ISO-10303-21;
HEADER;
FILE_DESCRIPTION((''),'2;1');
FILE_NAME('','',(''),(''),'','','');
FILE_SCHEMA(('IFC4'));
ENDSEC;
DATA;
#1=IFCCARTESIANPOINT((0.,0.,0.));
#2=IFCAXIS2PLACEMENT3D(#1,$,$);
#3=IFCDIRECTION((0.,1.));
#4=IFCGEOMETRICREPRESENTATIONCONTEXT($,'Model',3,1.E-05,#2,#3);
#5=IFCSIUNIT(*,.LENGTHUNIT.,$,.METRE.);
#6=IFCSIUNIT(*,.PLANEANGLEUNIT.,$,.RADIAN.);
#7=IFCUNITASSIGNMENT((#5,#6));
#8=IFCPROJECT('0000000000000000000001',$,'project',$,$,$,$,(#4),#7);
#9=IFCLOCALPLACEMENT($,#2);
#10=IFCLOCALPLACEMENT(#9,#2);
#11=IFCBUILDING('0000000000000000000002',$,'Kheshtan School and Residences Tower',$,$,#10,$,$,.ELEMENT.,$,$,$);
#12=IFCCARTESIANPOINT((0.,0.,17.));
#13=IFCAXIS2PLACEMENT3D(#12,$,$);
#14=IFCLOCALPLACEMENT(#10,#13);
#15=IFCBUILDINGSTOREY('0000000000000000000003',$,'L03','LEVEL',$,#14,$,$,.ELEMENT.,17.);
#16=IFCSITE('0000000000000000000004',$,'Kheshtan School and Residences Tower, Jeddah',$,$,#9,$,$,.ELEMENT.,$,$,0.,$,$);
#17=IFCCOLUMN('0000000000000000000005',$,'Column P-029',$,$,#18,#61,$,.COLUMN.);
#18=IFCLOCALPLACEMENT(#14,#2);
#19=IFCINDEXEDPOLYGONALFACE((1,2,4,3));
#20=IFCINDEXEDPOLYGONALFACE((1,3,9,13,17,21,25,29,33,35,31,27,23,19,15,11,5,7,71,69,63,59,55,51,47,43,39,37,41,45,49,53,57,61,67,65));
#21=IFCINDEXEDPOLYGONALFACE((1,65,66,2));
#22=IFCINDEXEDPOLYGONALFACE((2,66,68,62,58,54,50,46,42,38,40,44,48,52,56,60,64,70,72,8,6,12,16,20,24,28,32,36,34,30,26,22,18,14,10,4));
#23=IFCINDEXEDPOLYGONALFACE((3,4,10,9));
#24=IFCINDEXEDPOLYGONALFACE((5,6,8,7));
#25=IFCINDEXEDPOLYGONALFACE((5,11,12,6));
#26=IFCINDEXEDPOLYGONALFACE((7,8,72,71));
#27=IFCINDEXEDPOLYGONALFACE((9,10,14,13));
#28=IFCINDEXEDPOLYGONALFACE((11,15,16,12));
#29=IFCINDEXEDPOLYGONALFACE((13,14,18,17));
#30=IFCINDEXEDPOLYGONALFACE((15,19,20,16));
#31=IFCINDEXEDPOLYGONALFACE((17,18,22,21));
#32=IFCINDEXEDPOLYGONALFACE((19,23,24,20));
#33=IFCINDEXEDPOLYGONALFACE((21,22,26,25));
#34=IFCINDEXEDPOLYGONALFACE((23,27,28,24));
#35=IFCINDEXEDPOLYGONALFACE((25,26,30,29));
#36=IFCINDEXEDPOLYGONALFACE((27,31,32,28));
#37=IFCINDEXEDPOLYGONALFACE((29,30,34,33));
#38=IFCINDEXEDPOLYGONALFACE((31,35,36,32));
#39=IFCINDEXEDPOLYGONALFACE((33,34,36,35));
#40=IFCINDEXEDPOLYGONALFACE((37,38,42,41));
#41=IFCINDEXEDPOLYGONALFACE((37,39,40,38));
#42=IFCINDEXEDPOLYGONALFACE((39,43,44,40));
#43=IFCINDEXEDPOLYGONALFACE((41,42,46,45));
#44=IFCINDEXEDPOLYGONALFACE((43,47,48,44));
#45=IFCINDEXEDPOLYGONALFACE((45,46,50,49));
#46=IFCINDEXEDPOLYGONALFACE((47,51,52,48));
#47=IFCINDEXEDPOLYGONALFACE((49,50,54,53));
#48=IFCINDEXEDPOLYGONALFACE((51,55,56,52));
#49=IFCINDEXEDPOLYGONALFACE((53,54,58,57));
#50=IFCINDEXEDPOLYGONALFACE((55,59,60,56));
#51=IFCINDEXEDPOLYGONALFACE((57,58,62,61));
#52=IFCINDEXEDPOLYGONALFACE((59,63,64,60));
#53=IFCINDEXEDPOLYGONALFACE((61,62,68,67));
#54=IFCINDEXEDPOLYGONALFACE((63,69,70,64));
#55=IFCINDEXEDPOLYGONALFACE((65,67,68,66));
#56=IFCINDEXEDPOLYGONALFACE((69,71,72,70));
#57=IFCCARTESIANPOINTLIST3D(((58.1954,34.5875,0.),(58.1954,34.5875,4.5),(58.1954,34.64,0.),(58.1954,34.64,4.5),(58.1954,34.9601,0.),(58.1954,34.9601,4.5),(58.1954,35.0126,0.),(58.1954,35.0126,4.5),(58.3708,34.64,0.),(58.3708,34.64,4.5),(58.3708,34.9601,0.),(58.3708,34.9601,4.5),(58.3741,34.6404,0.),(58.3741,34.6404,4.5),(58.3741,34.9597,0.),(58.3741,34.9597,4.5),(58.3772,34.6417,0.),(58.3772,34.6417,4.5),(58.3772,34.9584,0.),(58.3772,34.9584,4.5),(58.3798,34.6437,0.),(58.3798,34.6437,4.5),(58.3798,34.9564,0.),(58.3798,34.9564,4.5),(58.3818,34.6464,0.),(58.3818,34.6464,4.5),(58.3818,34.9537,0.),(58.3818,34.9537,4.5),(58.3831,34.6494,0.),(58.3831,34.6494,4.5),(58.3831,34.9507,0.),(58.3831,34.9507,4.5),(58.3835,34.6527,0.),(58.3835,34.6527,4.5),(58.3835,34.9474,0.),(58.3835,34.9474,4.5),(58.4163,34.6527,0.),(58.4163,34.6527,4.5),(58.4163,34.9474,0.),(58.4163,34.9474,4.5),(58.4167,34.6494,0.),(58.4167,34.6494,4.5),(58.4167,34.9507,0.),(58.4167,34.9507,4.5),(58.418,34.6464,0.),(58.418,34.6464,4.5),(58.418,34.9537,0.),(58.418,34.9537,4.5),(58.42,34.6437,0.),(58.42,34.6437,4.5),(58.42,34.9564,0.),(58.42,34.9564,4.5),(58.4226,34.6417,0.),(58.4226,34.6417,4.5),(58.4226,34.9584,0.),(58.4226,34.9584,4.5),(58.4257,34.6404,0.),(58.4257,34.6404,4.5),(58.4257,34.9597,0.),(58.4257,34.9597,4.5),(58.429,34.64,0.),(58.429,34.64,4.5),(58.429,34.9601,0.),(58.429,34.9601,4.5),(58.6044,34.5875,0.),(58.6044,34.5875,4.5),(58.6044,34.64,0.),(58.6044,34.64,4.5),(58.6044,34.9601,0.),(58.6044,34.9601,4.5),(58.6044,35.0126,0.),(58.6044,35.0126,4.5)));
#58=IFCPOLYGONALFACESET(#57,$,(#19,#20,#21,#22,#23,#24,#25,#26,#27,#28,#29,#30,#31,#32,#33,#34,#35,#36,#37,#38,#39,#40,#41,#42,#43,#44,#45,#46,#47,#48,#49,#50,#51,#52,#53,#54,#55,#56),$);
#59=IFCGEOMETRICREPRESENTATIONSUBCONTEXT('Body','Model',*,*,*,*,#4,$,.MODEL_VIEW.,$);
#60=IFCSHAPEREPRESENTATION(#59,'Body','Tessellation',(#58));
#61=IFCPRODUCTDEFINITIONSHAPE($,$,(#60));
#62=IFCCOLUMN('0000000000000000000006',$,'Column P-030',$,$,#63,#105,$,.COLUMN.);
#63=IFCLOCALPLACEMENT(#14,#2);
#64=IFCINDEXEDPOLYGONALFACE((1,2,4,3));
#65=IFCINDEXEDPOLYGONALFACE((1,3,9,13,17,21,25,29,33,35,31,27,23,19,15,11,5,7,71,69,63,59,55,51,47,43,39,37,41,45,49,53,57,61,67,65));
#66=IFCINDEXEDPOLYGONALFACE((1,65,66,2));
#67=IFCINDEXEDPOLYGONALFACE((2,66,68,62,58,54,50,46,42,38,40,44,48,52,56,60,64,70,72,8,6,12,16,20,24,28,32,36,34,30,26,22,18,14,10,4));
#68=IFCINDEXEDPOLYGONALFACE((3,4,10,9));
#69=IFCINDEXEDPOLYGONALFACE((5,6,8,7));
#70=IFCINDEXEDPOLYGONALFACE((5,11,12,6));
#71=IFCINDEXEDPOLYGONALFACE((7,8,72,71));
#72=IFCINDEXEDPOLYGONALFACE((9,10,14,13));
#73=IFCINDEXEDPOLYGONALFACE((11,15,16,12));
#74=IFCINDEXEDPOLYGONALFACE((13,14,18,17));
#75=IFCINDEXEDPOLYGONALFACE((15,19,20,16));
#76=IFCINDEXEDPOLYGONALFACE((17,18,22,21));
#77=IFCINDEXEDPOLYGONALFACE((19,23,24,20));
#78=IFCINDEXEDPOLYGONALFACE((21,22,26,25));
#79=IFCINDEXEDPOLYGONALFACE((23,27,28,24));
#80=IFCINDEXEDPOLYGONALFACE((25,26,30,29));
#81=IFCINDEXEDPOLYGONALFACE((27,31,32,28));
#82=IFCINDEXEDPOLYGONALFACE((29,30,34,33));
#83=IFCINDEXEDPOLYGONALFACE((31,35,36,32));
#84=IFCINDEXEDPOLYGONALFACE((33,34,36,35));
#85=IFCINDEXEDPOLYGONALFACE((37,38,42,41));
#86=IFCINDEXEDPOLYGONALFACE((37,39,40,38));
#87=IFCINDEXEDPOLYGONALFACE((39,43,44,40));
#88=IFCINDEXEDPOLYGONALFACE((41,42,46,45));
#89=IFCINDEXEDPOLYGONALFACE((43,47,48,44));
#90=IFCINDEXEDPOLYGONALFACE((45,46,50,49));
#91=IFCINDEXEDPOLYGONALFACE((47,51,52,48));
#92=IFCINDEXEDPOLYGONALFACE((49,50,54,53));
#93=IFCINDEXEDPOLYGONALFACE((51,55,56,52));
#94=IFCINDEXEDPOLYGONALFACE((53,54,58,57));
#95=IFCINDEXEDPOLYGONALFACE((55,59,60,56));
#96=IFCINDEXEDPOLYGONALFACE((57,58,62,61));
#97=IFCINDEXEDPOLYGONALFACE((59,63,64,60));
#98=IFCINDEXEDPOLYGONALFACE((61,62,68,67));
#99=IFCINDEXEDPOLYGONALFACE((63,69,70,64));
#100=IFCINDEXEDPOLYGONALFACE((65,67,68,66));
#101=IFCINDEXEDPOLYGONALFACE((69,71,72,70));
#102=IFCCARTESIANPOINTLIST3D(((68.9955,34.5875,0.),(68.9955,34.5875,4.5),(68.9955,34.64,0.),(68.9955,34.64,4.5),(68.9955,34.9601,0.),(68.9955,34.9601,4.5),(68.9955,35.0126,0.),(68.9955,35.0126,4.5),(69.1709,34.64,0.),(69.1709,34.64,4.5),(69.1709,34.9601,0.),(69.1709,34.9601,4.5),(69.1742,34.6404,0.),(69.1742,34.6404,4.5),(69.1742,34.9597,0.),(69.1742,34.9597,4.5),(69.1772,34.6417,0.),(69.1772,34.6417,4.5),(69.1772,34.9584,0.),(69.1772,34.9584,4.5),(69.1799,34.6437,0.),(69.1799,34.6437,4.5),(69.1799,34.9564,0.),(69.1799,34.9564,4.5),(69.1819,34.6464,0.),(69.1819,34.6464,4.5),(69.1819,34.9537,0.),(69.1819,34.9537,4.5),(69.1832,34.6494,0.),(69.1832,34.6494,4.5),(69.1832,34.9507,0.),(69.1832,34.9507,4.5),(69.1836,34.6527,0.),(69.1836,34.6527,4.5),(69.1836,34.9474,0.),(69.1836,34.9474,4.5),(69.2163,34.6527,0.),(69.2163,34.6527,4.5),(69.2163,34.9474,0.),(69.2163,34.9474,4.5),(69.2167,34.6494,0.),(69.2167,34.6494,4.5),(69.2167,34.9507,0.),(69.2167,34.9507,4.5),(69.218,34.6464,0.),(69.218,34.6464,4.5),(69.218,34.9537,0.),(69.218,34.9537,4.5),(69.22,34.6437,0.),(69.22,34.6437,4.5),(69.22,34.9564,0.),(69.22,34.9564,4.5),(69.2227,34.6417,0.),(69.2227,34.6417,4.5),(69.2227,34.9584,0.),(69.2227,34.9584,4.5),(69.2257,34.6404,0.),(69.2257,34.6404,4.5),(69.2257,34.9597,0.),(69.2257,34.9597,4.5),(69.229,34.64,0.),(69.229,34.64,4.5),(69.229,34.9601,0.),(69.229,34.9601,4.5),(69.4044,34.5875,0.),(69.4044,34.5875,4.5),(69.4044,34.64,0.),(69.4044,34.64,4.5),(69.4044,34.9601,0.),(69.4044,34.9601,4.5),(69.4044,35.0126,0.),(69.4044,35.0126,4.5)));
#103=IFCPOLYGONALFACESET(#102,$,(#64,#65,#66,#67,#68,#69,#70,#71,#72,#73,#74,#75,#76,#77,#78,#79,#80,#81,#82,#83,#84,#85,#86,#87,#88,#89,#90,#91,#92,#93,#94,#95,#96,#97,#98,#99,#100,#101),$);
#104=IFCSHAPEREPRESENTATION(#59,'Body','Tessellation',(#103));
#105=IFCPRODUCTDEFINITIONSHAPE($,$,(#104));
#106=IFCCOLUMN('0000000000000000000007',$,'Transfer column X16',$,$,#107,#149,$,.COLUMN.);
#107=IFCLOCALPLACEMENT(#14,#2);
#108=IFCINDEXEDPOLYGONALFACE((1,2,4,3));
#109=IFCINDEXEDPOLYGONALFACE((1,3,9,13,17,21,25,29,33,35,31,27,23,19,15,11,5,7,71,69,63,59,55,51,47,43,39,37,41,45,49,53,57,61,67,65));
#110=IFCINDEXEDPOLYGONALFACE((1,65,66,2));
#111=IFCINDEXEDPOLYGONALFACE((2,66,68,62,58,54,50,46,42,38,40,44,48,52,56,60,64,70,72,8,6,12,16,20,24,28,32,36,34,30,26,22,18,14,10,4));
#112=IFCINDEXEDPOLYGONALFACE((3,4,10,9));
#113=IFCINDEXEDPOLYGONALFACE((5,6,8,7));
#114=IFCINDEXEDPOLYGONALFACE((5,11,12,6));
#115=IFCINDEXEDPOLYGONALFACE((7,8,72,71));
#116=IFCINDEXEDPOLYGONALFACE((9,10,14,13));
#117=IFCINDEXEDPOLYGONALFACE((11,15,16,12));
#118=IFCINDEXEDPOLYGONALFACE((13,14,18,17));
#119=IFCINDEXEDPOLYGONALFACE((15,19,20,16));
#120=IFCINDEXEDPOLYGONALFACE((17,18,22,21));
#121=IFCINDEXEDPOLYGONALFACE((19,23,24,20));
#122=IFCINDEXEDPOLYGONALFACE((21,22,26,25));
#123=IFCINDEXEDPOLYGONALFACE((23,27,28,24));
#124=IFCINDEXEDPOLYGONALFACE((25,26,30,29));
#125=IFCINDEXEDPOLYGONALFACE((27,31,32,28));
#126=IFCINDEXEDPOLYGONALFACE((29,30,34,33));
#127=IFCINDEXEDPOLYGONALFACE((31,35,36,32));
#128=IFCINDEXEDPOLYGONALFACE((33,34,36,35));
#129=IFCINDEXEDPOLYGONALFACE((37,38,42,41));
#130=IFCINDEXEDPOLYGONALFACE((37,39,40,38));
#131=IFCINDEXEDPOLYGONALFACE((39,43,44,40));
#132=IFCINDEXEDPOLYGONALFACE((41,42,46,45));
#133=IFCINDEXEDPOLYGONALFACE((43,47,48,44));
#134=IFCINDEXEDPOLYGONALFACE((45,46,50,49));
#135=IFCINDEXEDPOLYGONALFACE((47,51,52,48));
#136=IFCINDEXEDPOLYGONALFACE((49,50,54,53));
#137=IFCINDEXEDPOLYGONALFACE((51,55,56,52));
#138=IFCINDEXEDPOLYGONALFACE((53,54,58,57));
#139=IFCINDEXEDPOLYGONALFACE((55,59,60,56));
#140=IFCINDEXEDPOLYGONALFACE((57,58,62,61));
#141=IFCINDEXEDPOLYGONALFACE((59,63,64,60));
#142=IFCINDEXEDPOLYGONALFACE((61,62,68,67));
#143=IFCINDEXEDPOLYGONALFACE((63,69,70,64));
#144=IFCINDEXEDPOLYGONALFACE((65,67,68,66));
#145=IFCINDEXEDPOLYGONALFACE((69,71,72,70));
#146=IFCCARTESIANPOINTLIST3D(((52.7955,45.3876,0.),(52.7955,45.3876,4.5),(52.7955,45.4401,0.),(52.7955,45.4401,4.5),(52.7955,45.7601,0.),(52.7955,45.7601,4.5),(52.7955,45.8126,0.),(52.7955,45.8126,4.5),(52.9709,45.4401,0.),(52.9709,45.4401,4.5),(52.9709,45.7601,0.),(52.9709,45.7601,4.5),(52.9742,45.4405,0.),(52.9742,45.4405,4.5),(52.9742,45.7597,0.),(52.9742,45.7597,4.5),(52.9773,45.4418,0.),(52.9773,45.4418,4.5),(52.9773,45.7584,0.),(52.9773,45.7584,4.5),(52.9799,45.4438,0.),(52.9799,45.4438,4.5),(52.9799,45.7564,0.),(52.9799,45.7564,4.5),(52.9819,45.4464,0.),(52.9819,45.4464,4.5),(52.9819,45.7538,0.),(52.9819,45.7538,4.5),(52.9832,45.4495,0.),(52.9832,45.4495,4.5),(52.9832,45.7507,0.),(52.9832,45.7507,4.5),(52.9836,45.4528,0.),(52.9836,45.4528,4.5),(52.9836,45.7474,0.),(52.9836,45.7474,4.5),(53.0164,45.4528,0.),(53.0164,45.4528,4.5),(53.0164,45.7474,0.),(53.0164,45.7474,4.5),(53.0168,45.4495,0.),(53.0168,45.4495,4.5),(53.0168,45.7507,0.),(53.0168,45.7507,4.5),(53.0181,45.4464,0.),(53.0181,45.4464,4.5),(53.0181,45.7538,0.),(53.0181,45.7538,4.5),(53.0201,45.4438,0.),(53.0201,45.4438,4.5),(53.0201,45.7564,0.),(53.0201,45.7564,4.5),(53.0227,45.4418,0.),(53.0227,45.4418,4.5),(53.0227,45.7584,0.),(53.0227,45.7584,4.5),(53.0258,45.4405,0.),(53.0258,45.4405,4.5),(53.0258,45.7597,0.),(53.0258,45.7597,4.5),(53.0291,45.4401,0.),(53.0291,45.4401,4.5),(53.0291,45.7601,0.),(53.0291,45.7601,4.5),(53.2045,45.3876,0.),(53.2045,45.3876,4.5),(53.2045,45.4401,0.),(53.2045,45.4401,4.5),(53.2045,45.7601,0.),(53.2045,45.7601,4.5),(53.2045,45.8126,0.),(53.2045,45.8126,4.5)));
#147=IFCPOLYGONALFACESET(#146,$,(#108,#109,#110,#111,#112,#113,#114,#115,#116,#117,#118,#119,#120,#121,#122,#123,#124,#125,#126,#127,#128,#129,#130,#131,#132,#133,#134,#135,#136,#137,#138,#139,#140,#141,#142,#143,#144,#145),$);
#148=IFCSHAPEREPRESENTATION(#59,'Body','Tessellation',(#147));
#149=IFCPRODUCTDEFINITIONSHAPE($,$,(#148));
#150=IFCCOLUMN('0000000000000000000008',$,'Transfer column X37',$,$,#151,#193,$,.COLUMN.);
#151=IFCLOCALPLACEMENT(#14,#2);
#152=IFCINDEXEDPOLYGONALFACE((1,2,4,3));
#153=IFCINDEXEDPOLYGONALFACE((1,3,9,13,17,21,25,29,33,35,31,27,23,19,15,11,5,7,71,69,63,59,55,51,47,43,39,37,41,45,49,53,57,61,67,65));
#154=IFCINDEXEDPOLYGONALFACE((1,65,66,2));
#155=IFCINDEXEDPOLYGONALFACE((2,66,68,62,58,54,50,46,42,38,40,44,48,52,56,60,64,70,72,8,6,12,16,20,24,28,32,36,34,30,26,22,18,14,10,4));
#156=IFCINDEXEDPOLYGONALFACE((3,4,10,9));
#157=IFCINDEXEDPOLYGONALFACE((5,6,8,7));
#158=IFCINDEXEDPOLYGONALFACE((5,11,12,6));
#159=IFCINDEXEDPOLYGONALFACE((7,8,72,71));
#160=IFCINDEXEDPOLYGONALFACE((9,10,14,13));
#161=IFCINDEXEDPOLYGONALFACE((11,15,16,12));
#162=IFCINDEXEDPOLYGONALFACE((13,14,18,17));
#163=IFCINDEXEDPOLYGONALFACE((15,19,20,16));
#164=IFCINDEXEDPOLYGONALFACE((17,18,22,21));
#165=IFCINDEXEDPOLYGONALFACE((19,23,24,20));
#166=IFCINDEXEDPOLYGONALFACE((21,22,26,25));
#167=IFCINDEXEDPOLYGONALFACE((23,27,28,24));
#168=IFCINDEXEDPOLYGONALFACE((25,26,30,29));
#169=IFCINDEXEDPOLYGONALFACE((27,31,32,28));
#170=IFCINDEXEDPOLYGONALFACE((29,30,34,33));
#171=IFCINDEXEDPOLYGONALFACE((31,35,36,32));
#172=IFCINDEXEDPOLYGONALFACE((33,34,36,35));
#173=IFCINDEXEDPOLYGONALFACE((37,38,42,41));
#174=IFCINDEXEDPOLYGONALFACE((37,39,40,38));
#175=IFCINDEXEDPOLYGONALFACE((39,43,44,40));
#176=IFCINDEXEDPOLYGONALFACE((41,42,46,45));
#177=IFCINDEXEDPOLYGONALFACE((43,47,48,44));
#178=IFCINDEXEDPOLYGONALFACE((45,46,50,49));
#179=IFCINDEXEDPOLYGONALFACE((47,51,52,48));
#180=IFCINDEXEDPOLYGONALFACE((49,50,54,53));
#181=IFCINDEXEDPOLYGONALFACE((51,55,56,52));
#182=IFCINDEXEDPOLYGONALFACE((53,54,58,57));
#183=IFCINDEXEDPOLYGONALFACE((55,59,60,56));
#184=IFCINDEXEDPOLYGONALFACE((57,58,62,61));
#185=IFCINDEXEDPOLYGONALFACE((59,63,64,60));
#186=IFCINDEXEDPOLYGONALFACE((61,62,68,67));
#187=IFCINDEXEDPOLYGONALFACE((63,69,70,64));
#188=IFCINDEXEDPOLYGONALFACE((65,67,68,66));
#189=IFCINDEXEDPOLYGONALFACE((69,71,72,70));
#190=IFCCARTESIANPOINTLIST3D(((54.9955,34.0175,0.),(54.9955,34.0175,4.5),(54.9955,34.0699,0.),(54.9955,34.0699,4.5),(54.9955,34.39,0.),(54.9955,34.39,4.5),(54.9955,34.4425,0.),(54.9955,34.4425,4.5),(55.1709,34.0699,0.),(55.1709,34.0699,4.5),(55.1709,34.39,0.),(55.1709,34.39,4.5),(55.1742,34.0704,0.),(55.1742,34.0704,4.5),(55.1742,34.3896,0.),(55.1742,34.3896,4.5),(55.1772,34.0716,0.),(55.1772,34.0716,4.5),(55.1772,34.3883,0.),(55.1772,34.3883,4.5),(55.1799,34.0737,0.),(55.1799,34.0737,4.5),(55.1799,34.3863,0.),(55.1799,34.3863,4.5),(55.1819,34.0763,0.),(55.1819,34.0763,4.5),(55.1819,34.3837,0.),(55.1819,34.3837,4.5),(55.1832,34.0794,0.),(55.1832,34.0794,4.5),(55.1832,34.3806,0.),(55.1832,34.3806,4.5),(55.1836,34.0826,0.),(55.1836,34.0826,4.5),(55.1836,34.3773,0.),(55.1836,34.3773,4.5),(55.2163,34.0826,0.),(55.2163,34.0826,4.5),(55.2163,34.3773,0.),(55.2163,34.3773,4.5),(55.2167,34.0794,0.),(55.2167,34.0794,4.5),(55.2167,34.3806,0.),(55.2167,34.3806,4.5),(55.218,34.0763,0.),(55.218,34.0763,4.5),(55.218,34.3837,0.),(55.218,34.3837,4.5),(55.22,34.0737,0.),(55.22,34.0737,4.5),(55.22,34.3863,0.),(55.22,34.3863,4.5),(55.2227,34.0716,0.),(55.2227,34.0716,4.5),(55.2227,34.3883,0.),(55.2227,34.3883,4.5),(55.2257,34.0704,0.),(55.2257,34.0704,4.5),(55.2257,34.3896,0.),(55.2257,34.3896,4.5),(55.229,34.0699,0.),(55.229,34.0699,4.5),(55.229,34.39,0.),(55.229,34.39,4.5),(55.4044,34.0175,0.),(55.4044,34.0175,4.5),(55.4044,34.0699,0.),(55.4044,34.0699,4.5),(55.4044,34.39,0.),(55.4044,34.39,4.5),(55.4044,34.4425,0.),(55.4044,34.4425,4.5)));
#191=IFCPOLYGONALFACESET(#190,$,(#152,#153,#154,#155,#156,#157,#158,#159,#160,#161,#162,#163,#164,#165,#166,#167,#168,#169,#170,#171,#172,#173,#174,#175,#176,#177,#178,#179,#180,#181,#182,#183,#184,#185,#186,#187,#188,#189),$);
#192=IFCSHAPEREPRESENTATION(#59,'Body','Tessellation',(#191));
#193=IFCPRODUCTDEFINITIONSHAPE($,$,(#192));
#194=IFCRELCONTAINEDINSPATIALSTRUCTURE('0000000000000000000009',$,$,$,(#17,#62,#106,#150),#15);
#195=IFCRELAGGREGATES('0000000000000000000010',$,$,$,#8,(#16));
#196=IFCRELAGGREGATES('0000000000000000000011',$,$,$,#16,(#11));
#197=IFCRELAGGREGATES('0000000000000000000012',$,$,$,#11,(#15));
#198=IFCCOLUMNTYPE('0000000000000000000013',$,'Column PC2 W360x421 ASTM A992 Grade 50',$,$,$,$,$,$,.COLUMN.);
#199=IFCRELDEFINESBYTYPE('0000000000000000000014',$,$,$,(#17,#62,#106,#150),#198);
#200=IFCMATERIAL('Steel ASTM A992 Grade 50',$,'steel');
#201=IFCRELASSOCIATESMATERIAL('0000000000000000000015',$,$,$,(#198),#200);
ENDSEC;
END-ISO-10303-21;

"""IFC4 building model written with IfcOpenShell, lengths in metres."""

from ifc_helpers import new_model, si_unit, direction, frame, origin, origin_2d, place, context, subcontext, project, spatial, i_section, extrude, material, material_profile, profile_set, type_object, element, save


model = new_model("IFC4")

# Units and contexts
model_context = context("Model", 3, precision=1e-05, world=origin(), true_north=direction((0.0, 1.0)))
body_context = subcontext(model_context, "Body", "Model", "MODEL_VIEW")
ifc_project = project(units=[si_unit("LENGTHUNIT", "METRE"), si_unit("PLANEANGLEUNIT", "RADIAN")], contexts=[model_context])

# Site, building, storey
site_placement = place(None, origin())
site = spatial("IfcSite", under=ifc_project, at=site_placement, Name="Kheshtan School and Residences Tower, Jeddah", CompositionType="ELEMENT", RefElevation=0.0)
building_placement = place(site_placement, origin())
building = spatial("IfcBuilding", under=site, at=building_placement, Name="Kheshtan School and Residences Tower", CompositionType="ELEMENT")
storey_placement = place(building_placement, frame((0.0, 0.0, 17.0)))
storey = spatial("IfcBuildingStorey", under=building, at=storey_placement, Name="L03", Description="LEVEL", CompositionType="ELEMENT", Elevation=17.0)

# Columns
ifc_material_1 = material(Name="Steel ASTM A992 Grade 50", Category="steel")
ifc_material_profile = material_profile(ifc_material_1, i_section(OverallWidth=0.4089, OverallDepth=0.425, WebThickness=0.0327, FlangeThickness=0.0525, FilletRadius=0.0127, at=origin_2d()), Name="W360x421")
ifc_profile_set = profile_set([ifc_material_profile], Name="Steel ASTM A992 Grade 50")
column_type = type_object("IfcColumnType", Name="Column PC2 W360x421 ASTM A992 Grade 50", PredefinedType="COLUMN", material=ifc_profile_set)
for number, where, z_axis, x_axis, name in (
    (1, (58.3999, 34.8, 0.0), (0.0, 0.0, 1.0), (1.0, 0.0, 0.0), "Column P-029"),
    (2, (69.2, 34.8, 0.0), (0.0, 0.0, 1.0), (1.0, 0.0, 0.0), "Column P-030"),
    (3, (53.0, 45.6001, 0.0), (0.0, 0.0, 1.0), (1.0, 0.0, 0.0), "Transfer column X16"),
    (4, (55.2, 34.23, 0.0), (0.0, 0.0, 1.0), (1.0, 0.0, 0.0), "Transfer column X37"),
):
    element("IfcColumn", number, at=place(storey_placement, frame(where, z_axis=z_axis, x_axis=x_axis)), inside=storey, type_object=column_type, Name=name, PredefinedType="COLUMN", context=body_context, shape_type="SweptSolid", body=[
        extrude(i_section(OverallWidth=0.4089, OverallDepth=0.425, WebThickness=0.0327, FlangeThickness=0.0525, FilletRadius=0.0127, at=origin_2d()), origin(), (0.0, 0.0, 1.0), 4.5),
    ])

save(model, "model.ifc")
